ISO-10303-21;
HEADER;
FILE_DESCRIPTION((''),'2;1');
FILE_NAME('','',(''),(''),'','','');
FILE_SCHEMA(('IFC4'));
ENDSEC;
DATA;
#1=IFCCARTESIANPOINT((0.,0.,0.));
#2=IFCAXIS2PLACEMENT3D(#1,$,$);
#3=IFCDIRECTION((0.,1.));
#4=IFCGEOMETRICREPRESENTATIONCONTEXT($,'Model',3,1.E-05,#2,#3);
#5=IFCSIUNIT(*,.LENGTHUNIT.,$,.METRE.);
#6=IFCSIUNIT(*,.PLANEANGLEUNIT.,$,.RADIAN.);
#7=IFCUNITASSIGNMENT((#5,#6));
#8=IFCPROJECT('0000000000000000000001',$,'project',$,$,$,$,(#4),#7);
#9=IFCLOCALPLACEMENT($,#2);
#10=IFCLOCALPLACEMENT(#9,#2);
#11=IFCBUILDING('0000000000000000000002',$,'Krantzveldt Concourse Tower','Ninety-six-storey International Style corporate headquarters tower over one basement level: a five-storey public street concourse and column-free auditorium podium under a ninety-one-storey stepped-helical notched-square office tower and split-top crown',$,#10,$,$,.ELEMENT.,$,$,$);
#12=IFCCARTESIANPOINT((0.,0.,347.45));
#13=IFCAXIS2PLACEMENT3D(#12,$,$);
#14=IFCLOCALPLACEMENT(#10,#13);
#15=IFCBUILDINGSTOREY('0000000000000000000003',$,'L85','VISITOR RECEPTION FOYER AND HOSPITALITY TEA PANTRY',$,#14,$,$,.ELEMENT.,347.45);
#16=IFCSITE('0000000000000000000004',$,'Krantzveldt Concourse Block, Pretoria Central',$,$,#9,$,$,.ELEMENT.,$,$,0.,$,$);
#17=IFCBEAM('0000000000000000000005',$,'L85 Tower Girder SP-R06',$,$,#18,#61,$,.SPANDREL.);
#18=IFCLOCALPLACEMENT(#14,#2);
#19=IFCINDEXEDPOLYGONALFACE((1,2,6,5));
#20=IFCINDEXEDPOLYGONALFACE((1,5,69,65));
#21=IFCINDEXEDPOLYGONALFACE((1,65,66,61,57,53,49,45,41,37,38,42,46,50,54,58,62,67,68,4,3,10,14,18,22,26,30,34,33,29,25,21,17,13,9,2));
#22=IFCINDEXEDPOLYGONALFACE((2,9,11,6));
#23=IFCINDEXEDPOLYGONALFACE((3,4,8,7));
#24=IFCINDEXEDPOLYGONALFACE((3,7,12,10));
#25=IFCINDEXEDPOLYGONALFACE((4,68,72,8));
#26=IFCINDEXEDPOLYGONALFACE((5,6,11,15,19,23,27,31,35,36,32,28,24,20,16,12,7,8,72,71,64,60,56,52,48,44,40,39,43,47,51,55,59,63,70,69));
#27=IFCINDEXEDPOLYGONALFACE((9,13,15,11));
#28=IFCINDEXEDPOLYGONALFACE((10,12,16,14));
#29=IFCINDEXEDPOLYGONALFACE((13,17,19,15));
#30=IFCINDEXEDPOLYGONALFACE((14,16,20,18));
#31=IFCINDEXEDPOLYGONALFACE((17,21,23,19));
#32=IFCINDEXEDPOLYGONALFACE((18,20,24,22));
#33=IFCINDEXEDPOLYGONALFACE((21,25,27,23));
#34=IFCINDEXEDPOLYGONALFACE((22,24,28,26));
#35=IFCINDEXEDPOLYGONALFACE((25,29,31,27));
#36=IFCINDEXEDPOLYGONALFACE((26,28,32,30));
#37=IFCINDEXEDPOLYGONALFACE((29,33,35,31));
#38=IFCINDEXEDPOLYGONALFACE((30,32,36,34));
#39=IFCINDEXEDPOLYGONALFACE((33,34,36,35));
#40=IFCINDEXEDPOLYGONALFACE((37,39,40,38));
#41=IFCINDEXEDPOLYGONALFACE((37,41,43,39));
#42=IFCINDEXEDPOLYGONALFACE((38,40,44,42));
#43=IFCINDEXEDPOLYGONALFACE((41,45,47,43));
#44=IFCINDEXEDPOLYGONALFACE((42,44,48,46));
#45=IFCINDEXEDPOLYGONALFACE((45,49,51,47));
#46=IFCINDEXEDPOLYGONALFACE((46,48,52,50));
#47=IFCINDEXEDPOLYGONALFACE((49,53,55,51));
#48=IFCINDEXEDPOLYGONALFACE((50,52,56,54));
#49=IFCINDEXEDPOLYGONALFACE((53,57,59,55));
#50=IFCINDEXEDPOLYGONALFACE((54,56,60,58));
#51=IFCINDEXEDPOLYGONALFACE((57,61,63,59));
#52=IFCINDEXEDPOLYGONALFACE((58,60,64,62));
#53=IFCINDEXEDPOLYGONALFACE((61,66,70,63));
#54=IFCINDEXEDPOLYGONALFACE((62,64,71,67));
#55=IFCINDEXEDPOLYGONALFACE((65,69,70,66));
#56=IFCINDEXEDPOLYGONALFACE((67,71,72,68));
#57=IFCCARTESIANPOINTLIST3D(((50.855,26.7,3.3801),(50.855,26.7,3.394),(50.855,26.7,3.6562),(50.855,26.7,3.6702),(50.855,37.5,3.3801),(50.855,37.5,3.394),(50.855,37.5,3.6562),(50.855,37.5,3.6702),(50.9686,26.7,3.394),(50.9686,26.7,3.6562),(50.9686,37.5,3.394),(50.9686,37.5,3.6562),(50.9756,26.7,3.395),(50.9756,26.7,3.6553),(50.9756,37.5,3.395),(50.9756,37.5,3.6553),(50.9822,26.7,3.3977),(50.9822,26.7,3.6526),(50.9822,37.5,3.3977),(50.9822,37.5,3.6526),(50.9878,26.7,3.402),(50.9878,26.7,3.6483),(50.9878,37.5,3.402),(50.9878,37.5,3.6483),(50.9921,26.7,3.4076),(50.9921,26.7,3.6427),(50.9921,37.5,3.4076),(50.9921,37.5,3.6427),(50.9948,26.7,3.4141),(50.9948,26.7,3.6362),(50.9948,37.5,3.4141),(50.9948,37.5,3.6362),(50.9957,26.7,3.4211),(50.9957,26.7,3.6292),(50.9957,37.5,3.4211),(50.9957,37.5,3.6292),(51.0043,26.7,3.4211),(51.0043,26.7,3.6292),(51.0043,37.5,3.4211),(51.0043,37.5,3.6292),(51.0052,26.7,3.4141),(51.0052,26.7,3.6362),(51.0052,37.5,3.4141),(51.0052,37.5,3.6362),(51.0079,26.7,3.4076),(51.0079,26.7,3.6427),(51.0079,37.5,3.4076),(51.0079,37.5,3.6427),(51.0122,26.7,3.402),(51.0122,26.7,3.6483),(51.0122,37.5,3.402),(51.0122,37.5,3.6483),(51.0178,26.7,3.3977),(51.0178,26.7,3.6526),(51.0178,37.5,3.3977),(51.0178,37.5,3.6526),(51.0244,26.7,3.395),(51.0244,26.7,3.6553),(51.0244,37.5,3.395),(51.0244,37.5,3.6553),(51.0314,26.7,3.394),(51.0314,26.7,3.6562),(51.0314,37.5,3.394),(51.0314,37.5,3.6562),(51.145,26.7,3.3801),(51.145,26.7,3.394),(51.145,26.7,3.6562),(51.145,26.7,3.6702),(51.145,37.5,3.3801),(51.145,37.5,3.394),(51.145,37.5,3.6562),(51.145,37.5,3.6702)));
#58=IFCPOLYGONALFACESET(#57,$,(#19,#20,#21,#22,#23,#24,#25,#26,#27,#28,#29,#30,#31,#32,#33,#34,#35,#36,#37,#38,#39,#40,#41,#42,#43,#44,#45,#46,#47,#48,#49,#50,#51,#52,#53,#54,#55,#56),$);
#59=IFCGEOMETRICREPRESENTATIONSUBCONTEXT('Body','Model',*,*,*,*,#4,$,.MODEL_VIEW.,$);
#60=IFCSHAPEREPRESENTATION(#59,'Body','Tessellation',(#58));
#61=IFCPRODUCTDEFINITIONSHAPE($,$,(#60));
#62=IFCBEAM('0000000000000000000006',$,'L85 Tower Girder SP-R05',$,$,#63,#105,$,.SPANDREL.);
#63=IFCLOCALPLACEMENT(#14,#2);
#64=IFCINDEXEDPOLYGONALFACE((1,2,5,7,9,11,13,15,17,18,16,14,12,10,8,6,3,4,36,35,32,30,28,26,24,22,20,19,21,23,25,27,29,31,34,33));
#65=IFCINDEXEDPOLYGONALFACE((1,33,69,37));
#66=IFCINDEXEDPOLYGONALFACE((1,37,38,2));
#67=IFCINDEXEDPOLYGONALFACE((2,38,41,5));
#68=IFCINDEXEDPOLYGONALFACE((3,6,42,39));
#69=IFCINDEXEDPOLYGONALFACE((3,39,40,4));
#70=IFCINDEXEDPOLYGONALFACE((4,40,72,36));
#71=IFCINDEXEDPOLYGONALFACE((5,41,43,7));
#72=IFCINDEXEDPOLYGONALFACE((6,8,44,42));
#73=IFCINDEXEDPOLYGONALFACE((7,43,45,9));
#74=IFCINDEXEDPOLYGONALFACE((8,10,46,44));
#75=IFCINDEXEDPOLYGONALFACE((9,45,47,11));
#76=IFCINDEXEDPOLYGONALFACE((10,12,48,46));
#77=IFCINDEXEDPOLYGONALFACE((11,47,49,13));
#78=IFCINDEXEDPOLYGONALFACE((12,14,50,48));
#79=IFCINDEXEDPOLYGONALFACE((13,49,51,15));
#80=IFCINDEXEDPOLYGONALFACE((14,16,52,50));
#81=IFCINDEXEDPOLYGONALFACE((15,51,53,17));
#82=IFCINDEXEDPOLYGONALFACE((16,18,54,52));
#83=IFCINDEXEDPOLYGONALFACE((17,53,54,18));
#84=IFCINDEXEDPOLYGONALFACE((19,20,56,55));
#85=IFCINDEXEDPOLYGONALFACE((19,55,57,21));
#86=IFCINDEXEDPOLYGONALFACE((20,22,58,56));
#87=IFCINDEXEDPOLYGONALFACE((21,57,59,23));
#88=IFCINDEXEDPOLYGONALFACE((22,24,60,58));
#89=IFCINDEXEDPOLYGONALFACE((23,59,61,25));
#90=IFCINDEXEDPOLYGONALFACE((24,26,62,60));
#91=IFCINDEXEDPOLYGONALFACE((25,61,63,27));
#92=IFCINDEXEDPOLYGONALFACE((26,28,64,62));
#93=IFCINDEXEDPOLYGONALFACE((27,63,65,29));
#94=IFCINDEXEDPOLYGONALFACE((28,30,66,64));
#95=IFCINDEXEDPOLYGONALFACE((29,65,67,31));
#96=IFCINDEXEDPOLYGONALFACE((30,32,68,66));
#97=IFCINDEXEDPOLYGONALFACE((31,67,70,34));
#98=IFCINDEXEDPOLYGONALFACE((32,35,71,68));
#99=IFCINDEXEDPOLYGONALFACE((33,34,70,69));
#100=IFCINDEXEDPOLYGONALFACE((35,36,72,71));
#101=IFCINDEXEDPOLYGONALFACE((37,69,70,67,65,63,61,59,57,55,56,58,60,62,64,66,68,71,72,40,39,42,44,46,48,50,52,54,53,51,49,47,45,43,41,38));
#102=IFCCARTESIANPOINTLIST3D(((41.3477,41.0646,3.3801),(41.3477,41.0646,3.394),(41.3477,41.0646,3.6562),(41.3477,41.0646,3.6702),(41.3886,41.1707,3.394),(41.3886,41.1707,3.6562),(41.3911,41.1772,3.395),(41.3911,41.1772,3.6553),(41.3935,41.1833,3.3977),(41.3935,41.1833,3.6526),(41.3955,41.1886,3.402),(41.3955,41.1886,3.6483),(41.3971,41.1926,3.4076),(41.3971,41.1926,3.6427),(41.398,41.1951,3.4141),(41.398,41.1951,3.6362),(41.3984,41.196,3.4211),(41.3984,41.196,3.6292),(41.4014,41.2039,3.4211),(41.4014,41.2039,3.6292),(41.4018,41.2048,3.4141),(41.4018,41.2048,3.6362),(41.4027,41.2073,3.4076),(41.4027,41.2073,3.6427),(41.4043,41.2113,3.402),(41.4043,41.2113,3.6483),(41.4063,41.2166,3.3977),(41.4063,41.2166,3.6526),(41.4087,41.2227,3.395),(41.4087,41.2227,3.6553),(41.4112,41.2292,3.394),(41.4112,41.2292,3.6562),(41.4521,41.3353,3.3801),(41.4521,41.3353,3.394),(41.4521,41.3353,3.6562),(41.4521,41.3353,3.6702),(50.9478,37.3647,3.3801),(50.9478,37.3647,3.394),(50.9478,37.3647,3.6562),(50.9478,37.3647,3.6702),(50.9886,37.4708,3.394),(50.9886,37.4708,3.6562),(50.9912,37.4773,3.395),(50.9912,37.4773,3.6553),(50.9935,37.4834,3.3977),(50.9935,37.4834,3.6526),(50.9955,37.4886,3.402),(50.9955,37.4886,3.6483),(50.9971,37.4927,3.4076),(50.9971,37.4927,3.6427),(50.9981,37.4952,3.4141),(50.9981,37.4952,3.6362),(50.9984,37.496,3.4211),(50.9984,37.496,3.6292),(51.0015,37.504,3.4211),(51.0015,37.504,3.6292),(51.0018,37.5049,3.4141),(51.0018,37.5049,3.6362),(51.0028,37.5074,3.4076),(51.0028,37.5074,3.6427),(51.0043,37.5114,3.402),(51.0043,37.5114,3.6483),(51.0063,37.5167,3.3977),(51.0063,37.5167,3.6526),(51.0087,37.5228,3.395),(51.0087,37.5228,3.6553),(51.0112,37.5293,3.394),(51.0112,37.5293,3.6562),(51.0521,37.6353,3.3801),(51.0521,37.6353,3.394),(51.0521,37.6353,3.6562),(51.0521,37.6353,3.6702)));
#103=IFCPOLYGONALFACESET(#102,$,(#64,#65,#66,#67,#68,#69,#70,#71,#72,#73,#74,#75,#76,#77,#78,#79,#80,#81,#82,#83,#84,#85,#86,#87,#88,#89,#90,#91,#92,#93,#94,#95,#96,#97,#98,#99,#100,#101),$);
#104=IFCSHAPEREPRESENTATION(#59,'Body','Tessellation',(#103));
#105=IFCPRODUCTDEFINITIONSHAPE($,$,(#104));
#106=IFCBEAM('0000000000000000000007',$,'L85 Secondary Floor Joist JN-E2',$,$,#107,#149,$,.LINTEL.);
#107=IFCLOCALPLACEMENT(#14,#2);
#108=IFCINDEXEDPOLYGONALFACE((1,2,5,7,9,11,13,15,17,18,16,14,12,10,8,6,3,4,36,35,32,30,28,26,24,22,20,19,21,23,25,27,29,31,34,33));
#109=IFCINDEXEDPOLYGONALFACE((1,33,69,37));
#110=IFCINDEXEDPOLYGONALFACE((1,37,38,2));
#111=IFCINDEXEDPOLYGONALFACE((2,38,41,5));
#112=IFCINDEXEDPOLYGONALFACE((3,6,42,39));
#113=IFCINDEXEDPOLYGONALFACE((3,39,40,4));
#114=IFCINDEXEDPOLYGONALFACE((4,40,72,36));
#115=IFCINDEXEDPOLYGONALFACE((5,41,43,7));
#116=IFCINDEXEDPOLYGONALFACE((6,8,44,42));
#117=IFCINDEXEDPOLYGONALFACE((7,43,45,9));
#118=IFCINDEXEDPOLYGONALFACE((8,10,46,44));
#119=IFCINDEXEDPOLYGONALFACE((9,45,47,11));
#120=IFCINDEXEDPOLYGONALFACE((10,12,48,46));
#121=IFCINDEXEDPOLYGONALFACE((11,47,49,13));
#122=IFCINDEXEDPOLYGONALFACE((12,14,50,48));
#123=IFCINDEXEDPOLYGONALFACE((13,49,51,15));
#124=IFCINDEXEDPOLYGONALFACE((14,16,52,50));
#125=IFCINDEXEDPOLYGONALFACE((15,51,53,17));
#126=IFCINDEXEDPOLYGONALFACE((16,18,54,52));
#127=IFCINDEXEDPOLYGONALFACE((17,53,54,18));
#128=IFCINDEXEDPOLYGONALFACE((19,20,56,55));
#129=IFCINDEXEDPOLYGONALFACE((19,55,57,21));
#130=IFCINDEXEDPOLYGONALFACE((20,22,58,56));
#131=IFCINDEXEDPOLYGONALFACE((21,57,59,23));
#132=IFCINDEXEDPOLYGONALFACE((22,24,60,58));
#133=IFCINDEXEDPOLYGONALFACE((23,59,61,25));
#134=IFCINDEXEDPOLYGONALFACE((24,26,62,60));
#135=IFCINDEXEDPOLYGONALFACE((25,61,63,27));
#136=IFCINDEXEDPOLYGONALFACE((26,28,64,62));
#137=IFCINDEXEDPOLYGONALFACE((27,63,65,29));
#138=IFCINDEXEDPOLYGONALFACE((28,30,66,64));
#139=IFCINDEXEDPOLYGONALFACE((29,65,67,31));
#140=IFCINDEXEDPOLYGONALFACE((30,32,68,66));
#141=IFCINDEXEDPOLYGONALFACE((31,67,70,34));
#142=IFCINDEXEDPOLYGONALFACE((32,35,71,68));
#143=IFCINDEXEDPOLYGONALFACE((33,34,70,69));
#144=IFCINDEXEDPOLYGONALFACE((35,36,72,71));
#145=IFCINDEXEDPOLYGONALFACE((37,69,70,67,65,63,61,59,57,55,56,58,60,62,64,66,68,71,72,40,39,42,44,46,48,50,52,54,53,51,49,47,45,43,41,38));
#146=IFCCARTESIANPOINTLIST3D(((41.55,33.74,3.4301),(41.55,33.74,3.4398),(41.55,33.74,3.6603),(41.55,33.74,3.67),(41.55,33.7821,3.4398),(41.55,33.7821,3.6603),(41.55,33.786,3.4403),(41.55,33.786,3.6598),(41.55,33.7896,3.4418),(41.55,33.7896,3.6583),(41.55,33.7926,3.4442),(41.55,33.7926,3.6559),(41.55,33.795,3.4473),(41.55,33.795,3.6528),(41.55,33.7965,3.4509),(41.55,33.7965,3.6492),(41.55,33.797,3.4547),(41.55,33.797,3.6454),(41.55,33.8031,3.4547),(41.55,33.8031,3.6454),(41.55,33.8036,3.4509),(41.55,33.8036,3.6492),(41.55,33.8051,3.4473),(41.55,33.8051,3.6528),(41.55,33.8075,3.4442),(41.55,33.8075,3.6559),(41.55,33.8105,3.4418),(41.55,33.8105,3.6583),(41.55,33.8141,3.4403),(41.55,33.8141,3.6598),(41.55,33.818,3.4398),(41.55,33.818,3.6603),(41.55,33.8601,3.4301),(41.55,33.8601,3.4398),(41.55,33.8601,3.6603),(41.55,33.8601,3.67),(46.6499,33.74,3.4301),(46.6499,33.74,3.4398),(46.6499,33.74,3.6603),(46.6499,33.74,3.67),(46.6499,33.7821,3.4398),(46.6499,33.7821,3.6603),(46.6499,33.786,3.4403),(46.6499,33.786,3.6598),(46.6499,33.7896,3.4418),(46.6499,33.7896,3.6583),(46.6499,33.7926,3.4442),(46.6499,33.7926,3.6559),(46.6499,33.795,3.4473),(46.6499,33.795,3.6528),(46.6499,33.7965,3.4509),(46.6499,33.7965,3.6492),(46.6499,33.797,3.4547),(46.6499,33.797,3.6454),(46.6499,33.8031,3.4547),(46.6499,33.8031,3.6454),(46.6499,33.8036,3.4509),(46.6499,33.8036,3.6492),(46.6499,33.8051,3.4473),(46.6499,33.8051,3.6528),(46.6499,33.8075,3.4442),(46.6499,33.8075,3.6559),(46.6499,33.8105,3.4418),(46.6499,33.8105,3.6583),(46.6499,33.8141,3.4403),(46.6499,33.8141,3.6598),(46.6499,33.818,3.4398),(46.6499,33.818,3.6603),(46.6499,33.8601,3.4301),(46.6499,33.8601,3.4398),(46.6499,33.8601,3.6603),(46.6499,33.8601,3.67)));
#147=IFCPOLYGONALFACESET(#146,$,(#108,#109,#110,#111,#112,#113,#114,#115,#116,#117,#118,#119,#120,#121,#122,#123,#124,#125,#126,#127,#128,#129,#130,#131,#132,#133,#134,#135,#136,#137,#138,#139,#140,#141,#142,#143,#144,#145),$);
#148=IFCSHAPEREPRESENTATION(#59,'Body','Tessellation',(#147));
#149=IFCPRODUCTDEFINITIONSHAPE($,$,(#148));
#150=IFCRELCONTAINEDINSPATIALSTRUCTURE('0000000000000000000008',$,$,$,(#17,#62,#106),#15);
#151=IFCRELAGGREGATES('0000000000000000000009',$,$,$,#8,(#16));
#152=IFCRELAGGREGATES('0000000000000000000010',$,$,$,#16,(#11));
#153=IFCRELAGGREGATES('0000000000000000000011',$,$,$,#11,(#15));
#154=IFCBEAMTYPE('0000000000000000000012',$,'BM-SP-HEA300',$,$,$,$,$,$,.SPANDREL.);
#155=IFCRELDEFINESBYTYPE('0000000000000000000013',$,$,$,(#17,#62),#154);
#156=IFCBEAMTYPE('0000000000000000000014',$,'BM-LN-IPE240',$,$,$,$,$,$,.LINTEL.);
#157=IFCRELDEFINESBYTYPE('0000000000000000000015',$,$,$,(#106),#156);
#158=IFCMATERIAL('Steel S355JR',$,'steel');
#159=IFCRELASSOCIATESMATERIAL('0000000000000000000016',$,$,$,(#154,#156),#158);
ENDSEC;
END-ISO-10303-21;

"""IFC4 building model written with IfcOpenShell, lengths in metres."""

from ifc_helpers import new_model, si_unit, direction, frame, origin, origin_2d, place, context, subcontext, project, spatial, i_section, extrude, source, transform, mapped, material, material_profile, profile_set, type_object, type_shapes, element, save


model = new_model("IFC4")

# Units and contexts
model_context = context("Model", 3, precision=1e-05, world=origin(), true_north=direction((0.0, 1.0)))
body_context = subcontext(model_context, "Body", "Model", "MODEL_VIEW")
ifc_project = project(units=[si_unit("LENGTHUNIT", "METRE"), si_unit("PLANEANGLEUNIT", "RADIAN")], contexts=[model_context])

# Site, building, storey
site_placement = place(None, origin())
site = spatial("IfcSite", under=ifc_project, at=site_placement, Name="Krantzveldt Concourse Block, Pretoria Central", CompositionType="ELEMENT", RefElevation=0.0)
building_placement = place(site_placement, origin())
building = spatial("IfcBuilding", under=site, at=building_placement, Name="Krantzveldt Concourse Tower", Description="Ninety-six-storey International Style corporate headquarters tower over one basement level: a five-storey public street concourse and column-free auditorium podium under a ninety-one-storey stepped-helical notched-square office tower and split-top crown", CompositionType="ELEMENT")
storey_placement = place(building_placement, frame((0.0, 0.0, 347.45)))
storey = spatial("IfcBuildingStorey", under=building, at=storey_placement, Name="L85", Description="VISITOR RECEPTION FOYER AND HOSPITALITY TEA PANTRY", CompositionType="ELEMENT", Elevation=347.45)

# Beams
ifc_material_1 = material(Name="Steel S355JR", Category="steel")
ifc_material_profile_1 = material_profile(ifc_material_1, i_section(OverallWidth=0.29, OverallDepth=0.29, WebThickness=0.0085, FlangeThickness=0.0139, FilletRadius=0.0271, at=origin_2d()), Name="Steel S355JR", Category="steel")
ifc_profile_set_1 = profile_set([ifc_material_profile_1], Name="Steel S355JR - HEA 300")
beam_type_1 = type_object("IfcBeamType", Name="BM-SP-HEA300", PredefinedType="SPANDREL", material=ifc_profile_set_1)
shared_shape_1 = source(origin(), body_context, "Body", "SweptSolid", [
    extrude(i_section(OverallWidth=0.29, OverallDepth=0.29, WebThickness=0.0085, FlangeThickness=0.0139, FilletRadius=0.0271, at=origin_2d()), origin(), (0.0, 0.0, 1.0), 10.8),
])
beam_1_placement = place(storey_placement, frame((51.0, 37.5, 3.5251), z_axis=(0.0, -1.0, 0.0), x_axis=(1.0, 0.0, 0.0)))
element("IfcBeam", 1, at=beam_1_placement, inside=storey, type_object=beam_type_1, Name="L85 Tower Girder SP-R06", PredefinedType="SPANDREL", context=body_context, shape_type="MappedRepresentation", body=[
    mapped(shared_shape_1, transform((0.0, 0.0, 0.0), x_axis=(1.0, 0.0, 0.0), y_axis=(0.0, 1.0, 0.0), z_axis=(0.0, 0.0, 1.0), scale=1.0)),
])
shared_shape_2 = source(origin(), body_context, "Body", "SweptSolid", [
    extrude(i_section(OverallWidth=0.29, OverallDepth=0.29, WebThickness=0.0085, FlangeThickness=0.0139, FilletRadius=0.0271, at=origin_2d()), origin(), (0.0, 0.0, 1.0), 10.2883),
])
type_shapes(beam_type_1, [shared_shape_1, shared_shape_2])
beam_2_placement = place(storey_placement, frame((41.3999, 41.2, 3.5251), z_axis=(0.933098, -0.359623, 0.0), x_axis=(0.359623, 0.933098, 0.0)))
element("IfcBeam", 2, at=beam_2_placement, inside=storey, type_object=beam_type_1, Name="L85 Tower Girder SP-R05", PredefinedType="SPANDREL", context=body_context, shape_type="MappedRepresentation", body=[
    mapped(shared_shape_2, transform((0.0, 0.0, 0.0), x_axis=(1.0, 0.0, 0.0), y_axis=(0.0, 1.0, 0.0), z_axis=(0.0, 0.0, 1.0), scale=1.0)),
])
ifc_material_profile_2 = material_profile(ifc_material_1, i_section(OverallWidth=0.1201, OverallDepth=0.24, WebThickness=0.0061, FlangeThickness=0.0098, FilletRadius=0.0149, at=origin_2d()), Name="Steel S355JR", Category="steel")
ifc_profile_set_2 = profile_set([ifc_material_profile_2], Name="Steel S355JR - IPE 240")
beam_type_2 = type_object("IfcBeamType", Name="BM-LN-IPE240", PredefinedType="LINTEL", material=ifc_profile_set_2)
shared_shape_3 = source(origin(), body_context, "Body", "SweptSolid", [
    extrude(i_section(OverallWidth=0.1201, OverallDepth=0.24, WebThickness=0.0061, FlangeThickness=0.0098, FilletRadius=0.0149, at=origin_2d()), origin(), (0.0, 0.0, 1.0), 5.0999),
])
type_shapes(beam_type_2, [shared_shape_3])
beam_3_placement = place(storey_placement, frame((41.55, 33.8, 3.55), z_axis=(1.0, 0.0, 0.0), x_axis=(0.0, 1.0, 0.0)))
element("IfcBeam", 3, at=beam_3_placement, inside=storey, type_object=beam_type_2, Name="L85 Secondary Floor Joist JN-E2", PredefinedType="LINTEL", context=body_context, shape_type="MappedRepresentation", body=[
    mapped(shared_shape_3, transform((0.0, 0.0, 0.0), x_axis=(1.0, 0.0, 0.0), y_axis=(0.0, 1.0, 0.0), z_axis=(0.0, 0.0, 1.0), scale=1.0)),
])

save(model, "model.ifc")
